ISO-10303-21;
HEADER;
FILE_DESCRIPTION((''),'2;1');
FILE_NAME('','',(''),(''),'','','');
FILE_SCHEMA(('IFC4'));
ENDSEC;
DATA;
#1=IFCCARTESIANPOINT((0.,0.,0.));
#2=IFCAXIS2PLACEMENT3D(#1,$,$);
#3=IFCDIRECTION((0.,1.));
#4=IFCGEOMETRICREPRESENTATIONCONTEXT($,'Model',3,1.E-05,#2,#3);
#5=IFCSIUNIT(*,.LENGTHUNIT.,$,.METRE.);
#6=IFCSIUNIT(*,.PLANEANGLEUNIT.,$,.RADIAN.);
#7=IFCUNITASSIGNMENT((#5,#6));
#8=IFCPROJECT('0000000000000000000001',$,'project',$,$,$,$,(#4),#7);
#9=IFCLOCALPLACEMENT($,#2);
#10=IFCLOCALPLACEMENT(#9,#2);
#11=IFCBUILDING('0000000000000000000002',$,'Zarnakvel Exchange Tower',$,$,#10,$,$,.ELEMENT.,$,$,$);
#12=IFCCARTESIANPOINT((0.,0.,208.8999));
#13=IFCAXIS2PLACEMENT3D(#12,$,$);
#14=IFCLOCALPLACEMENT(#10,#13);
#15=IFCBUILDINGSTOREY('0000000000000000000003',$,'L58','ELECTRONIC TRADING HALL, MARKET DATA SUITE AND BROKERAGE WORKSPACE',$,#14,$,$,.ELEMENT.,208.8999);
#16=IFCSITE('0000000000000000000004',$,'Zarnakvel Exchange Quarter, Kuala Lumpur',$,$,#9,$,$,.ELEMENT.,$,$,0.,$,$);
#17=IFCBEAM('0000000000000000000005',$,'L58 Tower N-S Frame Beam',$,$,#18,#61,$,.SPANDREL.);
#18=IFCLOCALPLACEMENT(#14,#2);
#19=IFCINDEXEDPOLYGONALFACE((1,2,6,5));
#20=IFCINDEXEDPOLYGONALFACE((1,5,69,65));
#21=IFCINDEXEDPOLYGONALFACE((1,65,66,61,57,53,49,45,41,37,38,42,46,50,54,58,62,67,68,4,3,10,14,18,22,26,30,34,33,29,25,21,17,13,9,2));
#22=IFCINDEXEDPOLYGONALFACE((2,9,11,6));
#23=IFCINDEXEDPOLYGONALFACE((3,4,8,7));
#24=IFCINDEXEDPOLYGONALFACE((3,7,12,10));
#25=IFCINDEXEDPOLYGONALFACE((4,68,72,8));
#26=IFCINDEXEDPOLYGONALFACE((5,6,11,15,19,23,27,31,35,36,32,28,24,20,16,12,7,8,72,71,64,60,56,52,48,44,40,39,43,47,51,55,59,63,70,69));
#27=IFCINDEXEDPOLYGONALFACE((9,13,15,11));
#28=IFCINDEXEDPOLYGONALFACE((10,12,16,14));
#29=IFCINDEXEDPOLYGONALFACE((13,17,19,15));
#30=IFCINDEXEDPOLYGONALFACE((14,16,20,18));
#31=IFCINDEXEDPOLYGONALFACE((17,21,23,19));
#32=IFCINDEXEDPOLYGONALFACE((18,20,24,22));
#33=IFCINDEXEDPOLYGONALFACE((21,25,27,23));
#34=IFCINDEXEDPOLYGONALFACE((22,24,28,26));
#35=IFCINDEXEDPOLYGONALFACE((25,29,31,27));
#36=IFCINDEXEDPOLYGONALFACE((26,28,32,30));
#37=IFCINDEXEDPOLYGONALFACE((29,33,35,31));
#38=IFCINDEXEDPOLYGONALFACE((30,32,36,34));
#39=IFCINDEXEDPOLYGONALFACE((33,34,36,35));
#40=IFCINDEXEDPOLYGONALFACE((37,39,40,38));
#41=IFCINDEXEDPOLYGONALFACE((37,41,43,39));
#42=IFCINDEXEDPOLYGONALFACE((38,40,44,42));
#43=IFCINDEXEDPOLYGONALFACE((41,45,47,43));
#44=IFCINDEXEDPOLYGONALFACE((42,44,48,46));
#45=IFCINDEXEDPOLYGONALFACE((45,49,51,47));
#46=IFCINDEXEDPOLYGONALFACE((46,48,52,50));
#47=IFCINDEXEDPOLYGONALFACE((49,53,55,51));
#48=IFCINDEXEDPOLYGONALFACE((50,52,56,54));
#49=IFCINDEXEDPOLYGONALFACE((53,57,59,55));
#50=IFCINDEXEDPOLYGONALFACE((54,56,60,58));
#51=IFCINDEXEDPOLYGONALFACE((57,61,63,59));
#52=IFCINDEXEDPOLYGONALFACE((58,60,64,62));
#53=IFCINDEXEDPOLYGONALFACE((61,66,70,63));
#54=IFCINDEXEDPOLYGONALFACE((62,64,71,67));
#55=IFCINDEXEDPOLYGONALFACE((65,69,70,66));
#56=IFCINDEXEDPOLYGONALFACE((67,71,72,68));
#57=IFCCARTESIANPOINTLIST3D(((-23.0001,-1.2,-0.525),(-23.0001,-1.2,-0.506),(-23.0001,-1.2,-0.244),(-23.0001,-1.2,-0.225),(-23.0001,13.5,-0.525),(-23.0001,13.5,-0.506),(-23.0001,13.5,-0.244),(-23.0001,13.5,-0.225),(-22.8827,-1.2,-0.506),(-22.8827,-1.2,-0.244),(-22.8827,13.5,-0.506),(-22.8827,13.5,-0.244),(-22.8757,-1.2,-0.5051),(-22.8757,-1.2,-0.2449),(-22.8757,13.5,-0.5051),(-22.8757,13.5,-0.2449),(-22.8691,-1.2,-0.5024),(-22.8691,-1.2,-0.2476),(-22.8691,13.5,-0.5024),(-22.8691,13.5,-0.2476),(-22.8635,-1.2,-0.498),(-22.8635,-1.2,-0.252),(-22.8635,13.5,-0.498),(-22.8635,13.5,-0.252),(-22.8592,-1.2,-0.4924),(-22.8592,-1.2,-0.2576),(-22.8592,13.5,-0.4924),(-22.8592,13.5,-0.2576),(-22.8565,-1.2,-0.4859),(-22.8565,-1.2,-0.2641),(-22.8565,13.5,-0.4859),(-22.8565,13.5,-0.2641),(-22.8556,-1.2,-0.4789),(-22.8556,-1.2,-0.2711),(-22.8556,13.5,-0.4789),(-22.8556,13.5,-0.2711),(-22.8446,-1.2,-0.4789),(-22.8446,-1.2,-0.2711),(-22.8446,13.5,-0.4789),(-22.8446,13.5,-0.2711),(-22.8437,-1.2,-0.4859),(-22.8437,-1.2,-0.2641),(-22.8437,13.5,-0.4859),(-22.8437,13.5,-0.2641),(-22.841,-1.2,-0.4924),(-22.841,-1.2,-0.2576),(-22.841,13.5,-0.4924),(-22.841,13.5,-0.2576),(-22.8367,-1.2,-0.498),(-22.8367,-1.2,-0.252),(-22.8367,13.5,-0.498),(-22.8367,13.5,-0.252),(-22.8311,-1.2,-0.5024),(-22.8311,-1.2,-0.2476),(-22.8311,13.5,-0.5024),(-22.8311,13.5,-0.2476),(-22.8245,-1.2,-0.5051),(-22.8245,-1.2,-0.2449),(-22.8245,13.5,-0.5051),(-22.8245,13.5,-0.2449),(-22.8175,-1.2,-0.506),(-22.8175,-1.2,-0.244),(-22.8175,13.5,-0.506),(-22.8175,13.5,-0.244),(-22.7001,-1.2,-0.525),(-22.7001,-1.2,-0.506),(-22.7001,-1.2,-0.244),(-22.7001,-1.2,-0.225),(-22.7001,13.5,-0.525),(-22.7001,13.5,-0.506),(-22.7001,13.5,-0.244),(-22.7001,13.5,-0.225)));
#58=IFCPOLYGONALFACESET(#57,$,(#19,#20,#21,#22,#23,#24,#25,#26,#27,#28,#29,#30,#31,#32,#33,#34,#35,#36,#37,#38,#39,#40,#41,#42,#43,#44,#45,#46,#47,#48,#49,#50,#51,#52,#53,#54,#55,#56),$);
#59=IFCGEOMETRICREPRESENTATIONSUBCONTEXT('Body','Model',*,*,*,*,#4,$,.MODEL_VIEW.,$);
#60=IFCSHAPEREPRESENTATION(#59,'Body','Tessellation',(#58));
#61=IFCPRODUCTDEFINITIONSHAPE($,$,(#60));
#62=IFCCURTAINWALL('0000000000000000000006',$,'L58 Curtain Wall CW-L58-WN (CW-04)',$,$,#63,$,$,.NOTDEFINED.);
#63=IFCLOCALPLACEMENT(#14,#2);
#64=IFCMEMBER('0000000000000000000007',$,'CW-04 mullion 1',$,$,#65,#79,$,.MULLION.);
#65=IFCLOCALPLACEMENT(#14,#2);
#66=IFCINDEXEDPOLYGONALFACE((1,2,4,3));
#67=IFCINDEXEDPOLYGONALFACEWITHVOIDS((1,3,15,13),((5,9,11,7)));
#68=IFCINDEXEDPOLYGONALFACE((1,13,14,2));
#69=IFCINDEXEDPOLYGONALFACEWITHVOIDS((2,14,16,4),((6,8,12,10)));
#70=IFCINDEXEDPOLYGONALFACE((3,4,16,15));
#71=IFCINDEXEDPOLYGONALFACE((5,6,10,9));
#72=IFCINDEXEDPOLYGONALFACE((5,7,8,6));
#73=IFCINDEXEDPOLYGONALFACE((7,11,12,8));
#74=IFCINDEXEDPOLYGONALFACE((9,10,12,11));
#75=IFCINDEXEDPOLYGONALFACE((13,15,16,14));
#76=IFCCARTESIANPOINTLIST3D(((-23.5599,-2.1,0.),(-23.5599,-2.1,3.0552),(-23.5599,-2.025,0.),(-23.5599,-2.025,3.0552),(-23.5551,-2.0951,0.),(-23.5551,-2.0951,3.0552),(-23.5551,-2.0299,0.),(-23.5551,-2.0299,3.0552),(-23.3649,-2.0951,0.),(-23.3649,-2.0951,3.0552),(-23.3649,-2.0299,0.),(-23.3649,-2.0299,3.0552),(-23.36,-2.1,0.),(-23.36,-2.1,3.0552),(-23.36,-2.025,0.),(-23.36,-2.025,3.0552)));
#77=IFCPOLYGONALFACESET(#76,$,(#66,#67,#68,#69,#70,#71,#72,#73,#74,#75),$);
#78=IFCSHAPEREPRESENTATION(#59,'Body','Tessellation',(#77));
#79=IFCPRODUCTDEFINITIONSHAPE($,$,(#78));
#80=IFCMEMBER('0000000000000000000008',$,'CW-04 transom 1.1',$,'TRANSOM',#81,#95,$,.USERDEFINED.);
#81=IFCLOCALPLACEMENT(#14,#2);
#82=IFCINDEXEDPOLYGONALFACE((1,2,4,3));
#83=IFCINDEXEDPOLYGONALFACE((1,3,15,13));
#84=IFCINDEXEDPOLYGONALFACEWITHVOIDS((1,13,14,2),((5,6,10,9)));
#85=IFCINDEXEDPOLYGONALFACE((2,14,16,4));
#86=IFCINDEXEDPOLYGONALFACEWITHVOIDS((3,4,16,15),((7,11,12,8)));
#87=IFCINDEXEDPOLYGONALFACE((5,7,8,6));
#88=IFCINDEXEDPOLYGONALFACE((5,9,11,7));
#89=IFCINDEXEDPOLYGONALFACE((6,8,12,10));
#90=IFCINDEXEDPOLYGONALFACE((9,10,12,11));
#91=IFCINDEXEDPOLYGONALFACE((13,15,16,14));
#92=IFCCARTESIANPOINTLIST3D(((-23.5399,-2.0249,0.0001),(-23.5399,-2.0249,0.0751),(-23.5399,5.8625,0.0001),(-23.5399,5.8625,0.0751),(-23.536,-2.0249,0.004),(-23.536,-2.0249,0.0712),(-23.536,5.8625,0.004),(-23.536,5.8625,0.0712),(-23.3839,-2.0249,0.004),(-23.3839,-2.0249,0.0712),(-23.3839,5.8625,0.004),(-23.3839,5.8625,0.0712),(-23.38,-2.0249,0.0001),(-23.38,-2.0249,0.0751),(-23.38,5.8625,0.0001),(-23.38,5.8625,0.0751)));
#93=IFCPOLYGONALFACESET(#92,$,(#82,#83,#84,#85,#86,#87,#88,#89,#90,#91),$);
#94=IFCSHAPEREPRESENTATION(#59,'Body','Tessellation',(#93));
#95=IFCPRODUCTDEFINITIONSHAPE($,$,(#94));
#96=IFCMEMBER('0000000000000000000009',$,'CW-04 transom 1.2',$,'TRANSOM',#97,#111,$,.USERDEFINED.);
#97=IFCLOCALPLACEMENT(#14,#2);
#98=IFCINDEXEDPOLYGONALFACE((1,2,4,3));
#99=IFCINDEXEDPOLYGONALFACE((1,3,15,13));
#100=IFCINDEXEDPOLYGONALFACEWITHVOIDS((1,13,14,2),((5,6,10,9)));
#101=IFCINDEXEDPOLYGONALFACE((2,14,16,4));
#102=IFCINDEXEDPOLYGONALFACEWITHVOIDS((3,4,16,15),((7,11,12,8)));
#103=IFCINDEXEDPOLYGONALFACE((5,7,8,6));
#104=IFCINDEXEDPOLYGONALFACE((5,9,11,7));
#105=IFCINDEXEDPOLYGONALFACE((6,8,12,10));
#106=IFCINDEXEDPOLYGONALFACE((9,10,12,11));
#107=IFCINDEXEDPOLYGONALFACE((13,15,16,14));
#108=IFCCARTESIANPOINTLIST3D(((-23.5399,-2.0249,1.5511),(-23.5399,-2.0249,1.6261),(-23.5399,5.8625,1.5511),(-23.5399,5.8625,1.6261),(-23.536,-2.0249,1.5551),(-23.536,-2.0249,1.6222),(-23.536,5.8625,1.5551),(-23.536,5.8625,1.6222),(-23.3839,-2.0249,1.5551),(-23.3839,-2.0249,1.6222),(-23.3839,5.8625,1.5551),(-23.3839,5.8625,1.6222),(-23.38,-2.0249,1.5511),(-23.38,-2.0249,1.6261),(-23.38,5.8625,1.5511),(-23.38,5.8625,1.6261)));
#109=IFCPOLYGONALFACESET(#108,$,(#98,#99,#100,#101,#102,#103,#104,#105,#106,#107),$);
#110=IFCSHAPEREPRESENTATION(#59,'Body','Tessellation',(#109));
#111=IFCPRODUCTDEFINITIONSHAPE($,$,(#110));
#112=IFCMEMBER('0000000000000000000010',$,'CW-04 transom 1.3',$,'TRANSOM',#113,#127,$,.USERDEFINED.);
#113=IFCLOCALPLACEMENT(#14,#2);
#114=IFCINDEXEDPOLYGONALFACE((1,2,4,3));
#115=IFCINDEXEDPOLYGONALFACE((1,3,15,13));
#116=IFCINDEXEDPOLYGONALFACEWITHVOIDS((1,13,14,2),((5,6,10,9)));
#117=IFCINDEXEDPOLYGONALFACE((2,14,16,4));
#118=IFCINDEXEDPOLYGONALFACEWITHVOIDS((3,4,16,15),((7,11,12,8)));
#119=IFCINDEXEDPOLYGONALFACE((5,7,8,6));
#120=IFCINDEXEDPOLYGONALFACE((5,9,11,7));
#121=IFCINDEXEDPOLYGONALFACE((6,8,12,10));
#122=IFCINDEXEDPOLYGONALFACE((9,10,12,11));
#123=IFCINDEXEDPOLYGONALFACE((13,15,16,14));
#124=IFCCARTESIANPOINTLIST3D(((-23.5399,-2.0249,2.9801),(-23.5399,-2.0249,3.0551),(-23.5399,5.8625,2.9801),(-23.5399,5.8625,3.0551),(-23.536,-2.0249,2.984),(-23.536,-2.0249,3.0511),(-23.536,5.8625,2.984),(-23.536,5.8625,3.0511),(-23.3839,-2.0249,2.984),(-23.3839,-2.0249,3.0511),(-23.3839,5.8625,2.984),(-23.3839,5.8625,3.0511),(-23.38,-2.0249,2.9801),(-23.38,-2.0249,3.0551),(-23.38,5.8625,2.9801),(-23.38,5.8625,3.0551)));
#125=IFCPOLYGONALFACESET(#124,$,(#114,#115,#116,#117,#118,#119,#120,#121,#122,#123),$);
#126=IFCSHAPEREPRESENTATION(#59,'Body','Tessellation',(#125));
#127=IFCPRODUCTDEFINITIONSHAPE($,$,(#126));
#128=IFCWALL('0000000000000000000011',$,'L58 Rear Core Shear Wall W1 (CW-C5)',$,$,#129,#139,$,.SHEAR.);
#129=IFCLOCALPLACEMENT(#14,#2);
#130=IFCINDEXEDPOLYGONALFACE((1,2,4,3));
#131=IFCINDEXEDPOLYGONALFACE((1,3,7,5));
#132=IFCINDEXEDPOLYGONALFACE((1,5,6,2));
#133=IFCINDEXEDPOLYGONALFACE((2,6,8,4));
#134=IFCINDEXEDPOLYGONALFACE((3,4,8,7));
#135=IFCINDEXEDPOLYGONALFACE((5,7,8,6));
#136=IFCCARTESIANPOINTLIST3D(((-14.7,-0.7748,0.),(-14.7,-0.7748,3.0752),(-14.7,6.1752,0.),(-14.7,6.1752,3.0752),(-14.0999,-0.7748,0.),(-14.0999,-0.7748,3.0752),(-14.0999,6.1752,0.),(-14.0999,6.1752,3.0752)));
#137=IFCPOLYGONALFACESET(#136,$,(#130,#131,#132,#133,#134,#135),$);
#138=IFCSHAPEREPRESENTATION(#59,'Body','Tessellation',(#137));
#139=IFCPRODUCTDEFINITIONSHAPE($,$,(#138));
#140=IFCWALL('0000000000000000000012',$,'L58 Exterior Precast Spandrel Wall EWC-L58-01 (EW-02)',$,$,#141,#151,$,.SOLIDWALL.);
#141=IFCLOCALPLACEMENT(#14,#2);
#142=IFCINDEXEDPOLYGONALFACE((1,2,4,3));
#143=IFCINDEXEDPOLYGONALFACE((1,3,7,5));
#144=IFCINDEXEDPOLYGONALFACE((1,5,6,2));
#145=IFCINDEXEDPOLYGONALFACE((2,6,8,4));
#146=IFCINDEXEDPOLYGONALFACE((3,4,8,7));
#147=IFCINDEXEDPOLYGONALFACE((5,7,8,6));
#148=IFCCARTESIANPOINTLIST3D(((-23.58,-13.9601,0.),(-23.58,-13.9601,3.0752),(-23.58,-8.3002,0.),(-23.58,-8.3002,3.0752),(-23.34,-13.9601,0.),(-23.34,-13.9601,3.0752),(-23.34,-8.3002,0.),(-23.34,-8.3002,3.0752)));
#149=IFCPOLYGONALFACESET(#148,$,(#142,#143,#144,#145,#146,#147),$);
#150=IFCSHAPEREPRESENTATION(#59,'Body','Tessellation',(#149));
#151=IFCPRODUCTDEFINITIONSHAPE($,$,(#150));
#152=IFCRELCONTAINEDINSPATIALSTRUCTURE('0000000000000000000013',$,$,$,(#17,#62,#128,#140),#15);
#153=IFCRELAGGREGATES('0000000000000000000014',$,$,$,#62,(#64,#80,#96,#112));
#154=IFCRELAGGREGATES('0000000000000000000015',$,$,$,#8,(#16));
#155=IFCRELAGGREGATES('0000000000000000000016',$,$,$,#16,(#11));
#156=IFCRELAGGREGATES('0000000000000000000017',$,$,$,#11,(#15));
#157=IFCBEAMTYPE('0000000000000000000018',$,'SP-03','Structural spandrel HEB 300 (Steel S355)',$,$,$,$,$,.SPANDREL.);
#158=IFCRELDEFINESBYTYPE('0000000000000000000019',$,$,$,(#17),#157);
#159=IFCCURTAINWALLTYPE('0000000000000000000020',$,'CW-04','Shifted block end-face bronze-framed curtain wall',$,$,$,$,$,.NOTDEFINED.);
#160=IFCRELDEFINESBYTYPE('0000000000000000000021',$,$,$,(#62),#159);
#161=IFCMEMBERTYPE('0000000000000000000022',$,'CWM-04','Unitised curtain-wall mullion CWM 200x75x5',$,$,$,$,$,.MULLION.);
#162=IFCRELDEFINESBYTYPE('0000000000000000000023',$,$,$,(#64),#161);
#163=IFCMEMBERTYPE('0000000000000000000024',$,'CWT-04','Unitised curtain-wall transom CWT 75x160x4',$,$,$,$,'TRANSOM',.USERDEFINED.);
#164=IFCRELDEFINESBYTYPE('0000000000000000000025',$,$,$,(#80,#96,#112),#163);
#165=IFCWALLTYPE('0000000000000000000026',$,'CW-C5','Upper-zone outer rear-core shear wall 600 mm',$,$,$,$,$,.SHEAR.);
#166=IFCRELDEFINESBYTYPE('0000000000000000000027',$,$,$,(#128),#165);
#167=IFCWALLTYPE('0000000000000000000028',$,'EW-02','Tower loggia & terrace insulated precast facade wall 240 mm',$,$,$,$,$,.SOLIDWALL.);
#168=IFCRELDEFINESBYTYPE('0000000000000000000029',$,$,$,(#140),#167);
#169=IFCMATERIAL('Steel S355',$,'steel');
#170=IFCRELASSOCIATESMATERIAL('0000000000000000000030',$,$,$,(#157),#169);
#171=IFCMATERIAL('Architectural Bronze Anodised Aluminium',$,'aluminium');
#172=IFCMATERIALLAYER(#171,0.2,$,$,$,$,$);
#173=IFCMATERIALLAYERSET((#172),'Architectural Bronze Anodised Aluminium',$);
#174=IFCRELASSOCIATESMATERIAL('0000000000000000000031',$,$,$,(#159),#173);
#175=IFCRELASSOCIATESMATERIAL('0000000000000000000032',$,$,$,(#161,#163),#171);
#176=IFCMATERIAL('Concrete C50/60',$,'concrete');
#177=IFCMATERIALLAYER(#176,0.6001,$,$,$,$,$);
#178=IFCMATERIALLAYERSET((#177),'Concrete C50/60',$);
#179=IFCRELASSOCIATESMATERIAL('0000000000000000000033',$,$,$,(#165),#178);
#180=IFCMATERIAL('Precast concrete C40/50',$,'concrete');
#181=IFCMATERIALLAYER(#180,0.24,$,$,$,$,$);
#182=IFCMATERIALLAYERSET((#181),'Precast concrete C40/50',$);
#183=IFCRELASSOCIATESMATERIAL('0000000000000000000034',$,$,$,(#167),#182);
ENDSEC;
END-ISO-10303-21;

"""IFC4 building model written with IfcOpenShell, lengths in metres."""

from ifc_helpers import new_model, si_unit, direction, frame, frame_2d, origin, origin_2d, place, context, subcontext, project, spatial, rectangle, hollow_rectangle, i_section, extrude, source, transform, mapped, material, layer, layer_set, material_profile, profile_set, type_object, element, aggregate, save


model = new_model("IFC4")

# Units and contexts
model_context = context("Model", 3, precision=1e-05, world=origin(), true_north=direction((0.0, 1.0)))
body_context = subcontext(model_context, "Body", "Model", "MODEL_VIEW")
ifc_project = project(units=[si_unit("LENGTHUNIT", "METRE"), si_unit("PLANEANGLEUNIT", "RADIAN")], contexts=[model_context])

# Site, building, storey
site_placement = place(None, origin())
site = spatial("IfcSite", under=ifc_project, at=site_placement, Name="Zarnakvel Exchange Quarter, Kuala Lumpur", CompositionType="ELEMENT", RefElevation=0.0)
building_placement = place(site_placement, origin())
building = spatial("IfcBuilding", under=site, at=building_placement, Name="Zarnakvel Exchange Tower", CompositionType="ELEMENT")
storey_placement = place(building_placement, frame((0.0, 0.0, 208.8999)))
storey = spatial("IfcBuildingStorey", under=building, at=storey_placement, Name="L58", Description="ELECTRONIC TRADING HALL, MARKET DATA SUITE AND BROKERAGE WORKSPACE", CompositionType="ELEMENT", Elevation=208.8999)

# Shared definitions
ifc_material_1 = material(Name="Concrete C50/60", Category="concrete")
ifc_material_2 = material(Name="Steel S355", Category="steel")

# Beam
ifc_material_profile_1 = material_profile(ifc_material_2, i_section(OverallWidth=0.3, OverallDepth=0.3, WebThickness=0.011, FlangeThickness=0.019, FilletRadius=0.0271, at=origin_2d()))
ifc_profile_set_1 = profile_set([ifc_material_profile_1], Name="Steel S355")
beam_type_1 = type_object("IfcBeamType", Name="SP-03", Description="Structural spandrel HEB 300 (Steel S355)", PredefinedType="SPANDREL", material=ifc_profile_set_1)
beam_1_placement = place(storey_placement, frame((-22.8501, -1.2, -0.375), z_axis=(0.0, 1.0, 0.0), x_axis=(-1.0, 0.0, 0.0)))
element("IfcBeam", 1, at=beam_1_placement, inside=storey, type_object=beam_type_1, Name="L58 Tower N-S Frame Beam", PredefinedType="SPANDREL", context=body_context, shape_type="SweptSolid", body=[
    extrude(i_section(OverallWidth=0.3, OverallDepth=0.3, WebThickness=0.011, FlangeThickness=0.019, FilletRadius=0.0271, at=origin_2d()), origin(), (0.0, 0.0, 1.0), 14.7),
])

# Curtain wall, members
ifc_material_3 = material(Name="Architectural Bronze Anodised Aluminium", Category="aluminium")
ifc_layer_1 = layer(ifc_material_3, 0.2)
ifc_layer_set_1 = layer_set([ifc_layer_1], Name="Architectural Bronze Anodised Aluminium")
curtain_wall_type = type_object("IfcCurtainWallType", Name="CW-04", Description="Shifted block end-face bronze-framed curtain wall", PredefinedType="NOTDEFINED", material=ifc_layer_set_1)
curtain_wall_placement = place(storey_placement, origin())
curtain_wall = element("IfcCurtainWall", 2, at=curtain_wall_placement, inside=storey, type_object=curtain_wall_type, Name="L58 Curtain Wall CW-L58-WN (CW-04)", PredefinedType="NOTDEFINED")
ifc_material_profile_2 = material_profile(ifc_material_3, hollow_rectangle(XDim=0.2, YDim=0.075, WallThickness=0.0049, at=origin_2d()))
ifc_profile_set_2 = profile_set([ifc_material_profile_2], Name="Architectural Bronze Anodised Aluminium")
member_type_1 = type_object("IfcMemberType", Name="CWM-04", Description="Unitised curtain-wall mullion CWM 200x75x5", PredefinedType="MULLION", material=ifc_profile_set_2)
shared_shape_1 = source(origin(), body_context, "Body", "SweptSolid", [
    extrude(hollow_rectangle(XDim=0.2, YDim=0.075, WallThickness=0.0049, at=origin_2d()), origin(), (0.0, 0.0, 1.0), 3.0552),
])
member_1_placement = place(storey_placement, frame((-23.46, -2.0625, 0.0), z_axis=(0.0, 0.0, 1.0), x_axis=(-1.0, 0.0, 0.0)))
member_1 = element("IfcMember", 3, at=member_1_placement, type_object=member_type_1, Name="CW-04 mullion 1", PredefinedType="MULLION", context=body_context, shape_type="MappedRepresentation", body=[
    mapped(shared_shape_1, transform((0.0, 0.0, 0.0), x_axis=(1.0, 0.0, 0.0), y_axis=(0.0, 1.0, 0.0), z_axis=(0.0, 0.0, 1.0), scale=1.0)),
])
ifc_material_profile_3 = material_profile(ifc_material_3, hollow_rectangle(XDim=0.1599, YDim=0.075, WallThickness=0.0039, at=origin_2d()))
ifc_profile_set_3 = profile_set([ifc_material_profile_3], Name="Architectural Bronze Anodised Aluminium")
member_type_2 = type_object("IfcMemberType", Name="CWT-04", Description="Unitised curtain-wall transom CWT 75x160x4", ElementType="TRANSOM", PredefinedType="USERDEFINED", material=ifc_profile_set_3)
shared_shape_2 = source(origin(), body_context, "Body", "SweptSolid", [
    extrude(hollow_rectangle(XDim=0.1599, YDim=0.075, WallThickness=0.0039, at=origin_2d()), origin(), (0.0, 0.0, 1.0), 7.8875),
])
member_2_placement = place(storey_placement, frame((-23.46, -2.0249, 0.0376), z_axis=(0.0, 1.0, 0.0), x_axis=(-1.0, 0.0, 0.0)))
member_2 = element("IfcMember", 4, at=member_2_placement, type_object=member_type_2, Name="CW-04 transom 1.1", ObjectType="TRANSOM", PredefinedType="USERDEFINED", context=body_context, shape_type="MappedRepresentation", body=[
    mapped(shared_shape_2, transform((0.0, 0.0, 0.0), x_axis=(1.0, 0.0, 0.0), y_axis=(0.0, 1.0, 0.0), z_axis=(0.0, 0.0, 1.0), scale=1.0)),
])
member_3_placement = place(storey_placement, frame((-23.46, -2.0249, 1.5886), z_axis=(0.0, 1.0, 0.0), x_axis=(-1.0, 0.0, 0.0)))
member_3 = element("IfcMember", 5, at=member_3_placement, type_object=member_type_2, Name="CW-04 transom 1.2", ObjectType="TRANSOM", PredefinedType="USERDEFINED", context=body_context, shape_type="MappedRepresentation", body=[
    mapped(shared_shape_2, transform((0.0, 0.0, 0.0), x_axis=(1.0, 0.0, 0.0), y_axis=(0.0, 1.0, 0.0), z_axis=(0.0, 0.0, 1.0), scale=1.0)),
])
member_4_placement = place(storey_placement, frame((-23.46, -2.0249, 3.0176), z_axis=(0.0, 1.0, 0.0), x_axis=(-1.0, 0.0, 0.0)))
member_4 = element("IfcMember", 6, at=member_4_placement, type_object=member_type_2, Name="CW-04 transom 1.3", ObjectType="TRANSOM", PredefinedType="USERDEFINED", context=body_context, shape_type="MappedRepresentation", body=[
    mapped(shared_shape_2, transform((0.0, 0.0, 0.0), x_axis=(1.0, 0.0, 0.0), y_axis=(0.0, 1.0, 0.0), z_axis=(0.0, 0.0, 1.0), scale=1.0)),
])
aggregate(curtain_wall, [member_1, member_2, member_3, member_4])

# Walls
ifc_layer_2 = layer(ifc_material_1, 0.6001)
ifc_layer_set_2 = layer_set([ifc_layer_2], Name="Concrete C50/60")
wall_type_1 = type_object("IfcWallType", Name="CW-C5", Description="Upper-zone outer rear-core shear wall 600 mm", PredefinedType="SHEAR", material=ifc_layer_set_2)
wall_1_placement = place(storey_placement, frame((-14.3999, -0.7749, 0.0), z_axis=(0.0, 0.0, 1.0), x_axis=(0.0, 1.0, 0.0)))
element("IfcWall", 7, at=wall_1_placement, inside=storey, type_object=wall_type_1, Name="L58 Rear Core Shear Wall W1 (CW-C5)", PredefinedType="SHEAR", context=body_context, shape_type="SweptSolid", body=[
    extrude(rectangle(XDim=6.95, YDim=0.6001, at=frame_2d((3.4751, 0.0))), origin(), (0.0, 0.0, 1.0), 3.0752),
])
ifc_material_4 = material(Name="Precast concrete C40/50", Category="concrete")
ifc_layer_3 = layer(ifc_material_4, 0.24)
ifc_layer_set_3 = layer_set([ifc_layer_3], Name="Precast concrete C40/50")
wall_type_2 = type_object("IfcWallType", Name="EW-02", Description="Tower loggia & terrace insulated precast facade wall 240 mm", PredefinedType="SOLIDWALL", material=ifc_layer_set_3)
wall_2_placement = place(storey_placement, frame((-23.46, -8.3, 0.0), z_axis=(0.0, 0.0, 1.0), x_axis=(0.0, -1.0, 0.0)))
element("IfcWall", 8, at=wall_2_placement, inside=storey, type_object=wall_type_2, Name="L58 Exterior Precast Spandrel Wall EWC-L58-01 (EW-02)", PredefinedType="SOLIDWALL", context=body_context, shape_type="SweptSolid", body=[
    extrude(rectangle(XDim=5.6599, YDim=0.24, at=frame_2d((2.8301, 0.0))), origin(), (0.0, 0.0, 1.0), 3.0752),
])

save(model, "model.ifc")
